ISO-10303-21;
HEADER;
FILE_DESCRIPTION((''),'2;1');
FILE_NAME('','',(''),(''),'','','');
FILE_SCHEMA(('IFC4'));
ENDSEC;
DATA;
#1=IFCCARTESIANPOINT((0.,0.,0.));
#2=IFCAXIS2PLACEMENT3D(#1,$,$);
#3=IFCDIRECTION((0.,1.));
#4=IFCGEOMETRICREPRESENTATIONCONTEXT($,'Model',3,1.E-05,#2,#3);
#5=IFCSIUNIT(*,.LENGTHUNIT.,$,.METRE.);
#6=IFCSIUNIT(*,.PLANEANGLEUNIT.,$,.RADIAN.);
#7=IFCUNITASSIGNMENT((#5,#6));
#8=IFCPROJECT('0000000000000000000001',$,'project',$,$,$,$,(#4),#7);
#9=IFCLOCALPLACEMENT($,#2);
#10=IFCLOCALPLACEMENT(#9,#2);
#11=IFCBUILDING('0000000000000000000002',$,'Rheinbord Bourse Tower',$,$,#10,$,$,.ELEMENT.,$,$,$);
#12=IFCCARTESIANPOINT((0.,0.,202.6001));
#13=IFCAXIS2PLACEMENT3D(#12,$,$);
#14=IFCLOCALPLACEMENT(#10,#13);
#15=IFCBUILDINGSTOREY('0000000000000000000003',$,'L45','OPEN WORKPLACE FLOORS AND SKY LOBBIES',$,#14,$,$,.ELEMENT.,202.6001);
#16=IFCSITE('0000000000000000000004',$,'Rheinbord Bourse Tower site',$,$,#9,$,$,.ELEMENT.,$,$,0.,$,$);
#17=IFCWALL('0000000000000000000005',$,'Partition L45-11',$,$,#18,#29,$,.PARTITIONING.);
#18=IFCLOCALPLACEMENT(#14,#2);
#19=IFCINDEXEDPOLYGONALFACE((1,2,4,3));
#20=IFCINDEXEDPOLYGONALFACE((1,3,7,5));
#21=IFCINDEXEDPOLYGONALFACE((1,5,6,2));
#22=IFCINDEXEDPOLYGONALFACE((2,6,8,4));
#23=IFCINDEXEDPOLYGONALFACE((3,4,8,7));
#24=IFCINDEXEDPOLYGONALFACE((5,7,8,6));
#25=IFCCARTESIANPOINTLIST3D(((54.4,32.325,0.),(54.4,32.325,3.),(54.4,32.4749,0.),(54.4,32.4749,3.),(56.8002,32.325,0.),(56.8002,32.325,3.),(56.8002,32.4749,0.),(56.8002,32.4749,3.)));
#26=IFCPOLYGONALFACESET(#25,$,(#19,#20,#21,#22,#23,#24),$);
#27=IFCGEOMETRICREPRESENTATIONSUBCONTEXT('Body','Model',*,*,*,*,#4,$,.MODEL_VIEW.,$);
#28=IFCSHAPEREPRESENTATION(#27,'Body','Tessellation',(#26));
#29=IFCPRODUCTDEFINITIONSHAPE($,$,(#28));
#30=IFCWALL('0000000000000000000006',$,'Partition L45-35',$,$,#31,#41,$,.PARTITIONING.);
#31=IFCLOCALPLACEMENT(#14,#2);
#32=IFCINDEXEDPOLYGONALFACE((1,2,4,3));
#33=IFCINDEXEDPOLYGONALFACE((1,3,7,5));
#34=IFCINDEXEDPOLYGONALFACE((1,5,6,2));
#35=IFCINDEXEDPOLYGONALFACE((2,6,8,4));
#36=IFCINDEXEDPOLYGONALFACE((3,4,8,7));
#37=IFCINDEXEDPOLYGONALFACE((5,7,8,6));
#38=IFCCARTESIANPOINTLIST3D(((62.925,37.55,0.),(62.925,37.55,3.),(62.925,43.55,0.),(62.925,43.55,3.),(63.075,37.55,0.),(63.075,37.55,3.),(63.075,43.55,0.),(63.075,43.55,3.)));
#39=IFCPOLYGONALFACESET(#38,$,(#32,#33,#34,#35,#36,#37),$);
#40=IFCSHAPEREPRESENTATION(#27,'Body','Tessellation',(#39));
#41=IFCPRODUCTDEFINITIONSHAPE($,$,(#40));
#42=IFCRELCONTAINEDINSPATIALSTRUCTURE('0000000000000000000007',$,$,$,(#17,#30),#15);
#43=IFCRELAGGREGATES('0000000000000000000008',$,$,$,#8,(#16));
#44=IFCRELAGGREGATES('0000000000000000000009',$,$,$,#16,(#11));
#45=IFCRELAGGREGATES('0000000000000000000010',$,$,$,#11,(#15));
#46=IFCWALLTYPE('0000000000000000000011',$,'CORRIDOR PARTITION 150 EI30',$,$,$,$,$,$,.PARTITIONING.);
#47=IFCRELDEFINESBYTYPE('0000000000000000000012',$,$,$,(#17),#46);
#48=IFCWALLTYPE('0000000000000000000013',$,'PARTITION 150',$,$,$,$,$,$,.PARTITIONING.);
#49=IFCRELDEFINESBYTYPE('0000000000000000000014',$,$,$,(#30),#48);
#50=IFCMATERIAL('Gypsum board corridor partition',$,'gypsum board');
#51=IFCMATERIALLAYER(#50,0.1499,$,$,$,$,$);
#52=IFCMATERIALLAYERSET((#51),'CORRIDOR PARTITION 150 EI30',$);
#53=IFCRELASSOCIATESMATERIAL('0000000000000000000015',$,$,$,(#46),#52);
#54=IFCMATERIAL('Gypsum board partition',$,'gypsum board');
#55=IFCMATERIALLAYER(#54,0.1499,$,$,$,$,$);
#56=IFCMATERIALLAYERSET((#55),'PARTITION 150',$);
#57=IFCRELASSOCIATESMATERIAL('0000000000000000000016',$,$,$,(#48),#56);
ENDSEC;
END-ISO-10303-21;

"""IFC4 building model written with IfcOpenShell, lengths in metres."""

from ifc_helpers import new_model, si_unit, direction, frame, frame_2d, origin, place, context, subcontext, project, spatial, rectangle, extrude, material, layer, layer_set, type_object, element, save


model = new_model("IFC4")

# Units and contexts
model_context = context("Model", 3, precision=1e-05, world=origin(), true_north=direction((0.0, 1.0)))
body_context = subcontext(model_context, "Body", "Model", "MODEL_VIEW")
ifc_project = project(units=[si_unit("LENGTHUNIT", "METRE"), si_unit("PLANEANGLEUNIT", "RADIAN")], contexts=[model_context])

# Site, building, storey
site_placement = place(None, origin())
site = spatial("IfcSite", under=ifc_project, at=site_placement, Name="Rheinbord Bourse Tower site", CompositionType="ELEMENT", RefElevation=0.0)
building_placement = place(site_placement, origin())
building = spatial("IfcBuilding", under=site, at=building_placement, Name="Rheinbord Bourse Tower", CompositionType="ELEMENT")
storey_placement = place(building_placement, frame((0.0, 0.0, 202.6001)))
storey = spatial("IfcBuildingStorey", under=building, at=storey_placement, Name="L45", Description="OPEN WORKPLACE FLOORS AND SKY LOBBIES", CompositionType="ELEMENT", Elevation=202.6001)

# Walls
ifc_material_1 = material(Name="Gypsum board corridor partition", Category="gypsum board")
ifc_layer_1 = layer(ifc_material_1, 0.1499)
ifc_layer_set_1 = layer_set([ifc_layer_1], Name="CORRIDOR PARTITION 150 EI30")
wall_type_1 = type_object("IfcWallType", Name="CORRIDOR PARTITION 150 EI30", PredefinedType="PARTITIONING", material=ifc_layer_set_1)
wall_1_placement = place(storey_placement, frame((54.3999, 32.3999, 0.0), z_axis=(0.0, 0.0, 1.0), x_axis=(1.0, 0.0, 0.0)))
element("IfcWall", 1, at=wall_1_placement, inside=storey, type_object=wall_type_1, Name="Partition L45-11", PredefinedType="PARTITIONING", context=body_context, shape_type="SweptSolid", body=[
    extrude(rectangle(XDim=2.4001, YDim=0.1499, at=frame_2d((1.2002, 0.0))), origin(), (0.0, 0.0, 1.0), 3.0),
])
ifc_material_2 = material(Name="Gypsum board partition", Category="gypsum board")
ifc_layer_2 = layer(ifc_material_2, 0.1499)
ifc_layer_set_2 = layer_set([ifc_layer_2], Name="PARTITION 150")
wall_type_2 = type_object("IfcWallType", Name="PARTITION 150", PredefinedType="PARTITIONING", material=ifc_layer_set_2)
wall_2_placement = place(storey_placement, frame((63.0, 37.55, 0.0), z_axis=(0.0, 0.0, 1.0), x_axis=(0.0, 1.0, 0.0)))
element("IfcWall", 2, at=wall_2_placement, inside=storey, type_object=wall_type_2, Name="Partition L45-35", PredefinedType="PARTITIONING", context=body_context, shape_type="SweptSolid", body=[
    extrude(rectangle(XDim=6.0, YDim=0.1499, at=frame_2d((3.0, 0.0))), origin(), (0.0, 0.0, 1.0), 3.0),
])

save(model, "model.ifc")
